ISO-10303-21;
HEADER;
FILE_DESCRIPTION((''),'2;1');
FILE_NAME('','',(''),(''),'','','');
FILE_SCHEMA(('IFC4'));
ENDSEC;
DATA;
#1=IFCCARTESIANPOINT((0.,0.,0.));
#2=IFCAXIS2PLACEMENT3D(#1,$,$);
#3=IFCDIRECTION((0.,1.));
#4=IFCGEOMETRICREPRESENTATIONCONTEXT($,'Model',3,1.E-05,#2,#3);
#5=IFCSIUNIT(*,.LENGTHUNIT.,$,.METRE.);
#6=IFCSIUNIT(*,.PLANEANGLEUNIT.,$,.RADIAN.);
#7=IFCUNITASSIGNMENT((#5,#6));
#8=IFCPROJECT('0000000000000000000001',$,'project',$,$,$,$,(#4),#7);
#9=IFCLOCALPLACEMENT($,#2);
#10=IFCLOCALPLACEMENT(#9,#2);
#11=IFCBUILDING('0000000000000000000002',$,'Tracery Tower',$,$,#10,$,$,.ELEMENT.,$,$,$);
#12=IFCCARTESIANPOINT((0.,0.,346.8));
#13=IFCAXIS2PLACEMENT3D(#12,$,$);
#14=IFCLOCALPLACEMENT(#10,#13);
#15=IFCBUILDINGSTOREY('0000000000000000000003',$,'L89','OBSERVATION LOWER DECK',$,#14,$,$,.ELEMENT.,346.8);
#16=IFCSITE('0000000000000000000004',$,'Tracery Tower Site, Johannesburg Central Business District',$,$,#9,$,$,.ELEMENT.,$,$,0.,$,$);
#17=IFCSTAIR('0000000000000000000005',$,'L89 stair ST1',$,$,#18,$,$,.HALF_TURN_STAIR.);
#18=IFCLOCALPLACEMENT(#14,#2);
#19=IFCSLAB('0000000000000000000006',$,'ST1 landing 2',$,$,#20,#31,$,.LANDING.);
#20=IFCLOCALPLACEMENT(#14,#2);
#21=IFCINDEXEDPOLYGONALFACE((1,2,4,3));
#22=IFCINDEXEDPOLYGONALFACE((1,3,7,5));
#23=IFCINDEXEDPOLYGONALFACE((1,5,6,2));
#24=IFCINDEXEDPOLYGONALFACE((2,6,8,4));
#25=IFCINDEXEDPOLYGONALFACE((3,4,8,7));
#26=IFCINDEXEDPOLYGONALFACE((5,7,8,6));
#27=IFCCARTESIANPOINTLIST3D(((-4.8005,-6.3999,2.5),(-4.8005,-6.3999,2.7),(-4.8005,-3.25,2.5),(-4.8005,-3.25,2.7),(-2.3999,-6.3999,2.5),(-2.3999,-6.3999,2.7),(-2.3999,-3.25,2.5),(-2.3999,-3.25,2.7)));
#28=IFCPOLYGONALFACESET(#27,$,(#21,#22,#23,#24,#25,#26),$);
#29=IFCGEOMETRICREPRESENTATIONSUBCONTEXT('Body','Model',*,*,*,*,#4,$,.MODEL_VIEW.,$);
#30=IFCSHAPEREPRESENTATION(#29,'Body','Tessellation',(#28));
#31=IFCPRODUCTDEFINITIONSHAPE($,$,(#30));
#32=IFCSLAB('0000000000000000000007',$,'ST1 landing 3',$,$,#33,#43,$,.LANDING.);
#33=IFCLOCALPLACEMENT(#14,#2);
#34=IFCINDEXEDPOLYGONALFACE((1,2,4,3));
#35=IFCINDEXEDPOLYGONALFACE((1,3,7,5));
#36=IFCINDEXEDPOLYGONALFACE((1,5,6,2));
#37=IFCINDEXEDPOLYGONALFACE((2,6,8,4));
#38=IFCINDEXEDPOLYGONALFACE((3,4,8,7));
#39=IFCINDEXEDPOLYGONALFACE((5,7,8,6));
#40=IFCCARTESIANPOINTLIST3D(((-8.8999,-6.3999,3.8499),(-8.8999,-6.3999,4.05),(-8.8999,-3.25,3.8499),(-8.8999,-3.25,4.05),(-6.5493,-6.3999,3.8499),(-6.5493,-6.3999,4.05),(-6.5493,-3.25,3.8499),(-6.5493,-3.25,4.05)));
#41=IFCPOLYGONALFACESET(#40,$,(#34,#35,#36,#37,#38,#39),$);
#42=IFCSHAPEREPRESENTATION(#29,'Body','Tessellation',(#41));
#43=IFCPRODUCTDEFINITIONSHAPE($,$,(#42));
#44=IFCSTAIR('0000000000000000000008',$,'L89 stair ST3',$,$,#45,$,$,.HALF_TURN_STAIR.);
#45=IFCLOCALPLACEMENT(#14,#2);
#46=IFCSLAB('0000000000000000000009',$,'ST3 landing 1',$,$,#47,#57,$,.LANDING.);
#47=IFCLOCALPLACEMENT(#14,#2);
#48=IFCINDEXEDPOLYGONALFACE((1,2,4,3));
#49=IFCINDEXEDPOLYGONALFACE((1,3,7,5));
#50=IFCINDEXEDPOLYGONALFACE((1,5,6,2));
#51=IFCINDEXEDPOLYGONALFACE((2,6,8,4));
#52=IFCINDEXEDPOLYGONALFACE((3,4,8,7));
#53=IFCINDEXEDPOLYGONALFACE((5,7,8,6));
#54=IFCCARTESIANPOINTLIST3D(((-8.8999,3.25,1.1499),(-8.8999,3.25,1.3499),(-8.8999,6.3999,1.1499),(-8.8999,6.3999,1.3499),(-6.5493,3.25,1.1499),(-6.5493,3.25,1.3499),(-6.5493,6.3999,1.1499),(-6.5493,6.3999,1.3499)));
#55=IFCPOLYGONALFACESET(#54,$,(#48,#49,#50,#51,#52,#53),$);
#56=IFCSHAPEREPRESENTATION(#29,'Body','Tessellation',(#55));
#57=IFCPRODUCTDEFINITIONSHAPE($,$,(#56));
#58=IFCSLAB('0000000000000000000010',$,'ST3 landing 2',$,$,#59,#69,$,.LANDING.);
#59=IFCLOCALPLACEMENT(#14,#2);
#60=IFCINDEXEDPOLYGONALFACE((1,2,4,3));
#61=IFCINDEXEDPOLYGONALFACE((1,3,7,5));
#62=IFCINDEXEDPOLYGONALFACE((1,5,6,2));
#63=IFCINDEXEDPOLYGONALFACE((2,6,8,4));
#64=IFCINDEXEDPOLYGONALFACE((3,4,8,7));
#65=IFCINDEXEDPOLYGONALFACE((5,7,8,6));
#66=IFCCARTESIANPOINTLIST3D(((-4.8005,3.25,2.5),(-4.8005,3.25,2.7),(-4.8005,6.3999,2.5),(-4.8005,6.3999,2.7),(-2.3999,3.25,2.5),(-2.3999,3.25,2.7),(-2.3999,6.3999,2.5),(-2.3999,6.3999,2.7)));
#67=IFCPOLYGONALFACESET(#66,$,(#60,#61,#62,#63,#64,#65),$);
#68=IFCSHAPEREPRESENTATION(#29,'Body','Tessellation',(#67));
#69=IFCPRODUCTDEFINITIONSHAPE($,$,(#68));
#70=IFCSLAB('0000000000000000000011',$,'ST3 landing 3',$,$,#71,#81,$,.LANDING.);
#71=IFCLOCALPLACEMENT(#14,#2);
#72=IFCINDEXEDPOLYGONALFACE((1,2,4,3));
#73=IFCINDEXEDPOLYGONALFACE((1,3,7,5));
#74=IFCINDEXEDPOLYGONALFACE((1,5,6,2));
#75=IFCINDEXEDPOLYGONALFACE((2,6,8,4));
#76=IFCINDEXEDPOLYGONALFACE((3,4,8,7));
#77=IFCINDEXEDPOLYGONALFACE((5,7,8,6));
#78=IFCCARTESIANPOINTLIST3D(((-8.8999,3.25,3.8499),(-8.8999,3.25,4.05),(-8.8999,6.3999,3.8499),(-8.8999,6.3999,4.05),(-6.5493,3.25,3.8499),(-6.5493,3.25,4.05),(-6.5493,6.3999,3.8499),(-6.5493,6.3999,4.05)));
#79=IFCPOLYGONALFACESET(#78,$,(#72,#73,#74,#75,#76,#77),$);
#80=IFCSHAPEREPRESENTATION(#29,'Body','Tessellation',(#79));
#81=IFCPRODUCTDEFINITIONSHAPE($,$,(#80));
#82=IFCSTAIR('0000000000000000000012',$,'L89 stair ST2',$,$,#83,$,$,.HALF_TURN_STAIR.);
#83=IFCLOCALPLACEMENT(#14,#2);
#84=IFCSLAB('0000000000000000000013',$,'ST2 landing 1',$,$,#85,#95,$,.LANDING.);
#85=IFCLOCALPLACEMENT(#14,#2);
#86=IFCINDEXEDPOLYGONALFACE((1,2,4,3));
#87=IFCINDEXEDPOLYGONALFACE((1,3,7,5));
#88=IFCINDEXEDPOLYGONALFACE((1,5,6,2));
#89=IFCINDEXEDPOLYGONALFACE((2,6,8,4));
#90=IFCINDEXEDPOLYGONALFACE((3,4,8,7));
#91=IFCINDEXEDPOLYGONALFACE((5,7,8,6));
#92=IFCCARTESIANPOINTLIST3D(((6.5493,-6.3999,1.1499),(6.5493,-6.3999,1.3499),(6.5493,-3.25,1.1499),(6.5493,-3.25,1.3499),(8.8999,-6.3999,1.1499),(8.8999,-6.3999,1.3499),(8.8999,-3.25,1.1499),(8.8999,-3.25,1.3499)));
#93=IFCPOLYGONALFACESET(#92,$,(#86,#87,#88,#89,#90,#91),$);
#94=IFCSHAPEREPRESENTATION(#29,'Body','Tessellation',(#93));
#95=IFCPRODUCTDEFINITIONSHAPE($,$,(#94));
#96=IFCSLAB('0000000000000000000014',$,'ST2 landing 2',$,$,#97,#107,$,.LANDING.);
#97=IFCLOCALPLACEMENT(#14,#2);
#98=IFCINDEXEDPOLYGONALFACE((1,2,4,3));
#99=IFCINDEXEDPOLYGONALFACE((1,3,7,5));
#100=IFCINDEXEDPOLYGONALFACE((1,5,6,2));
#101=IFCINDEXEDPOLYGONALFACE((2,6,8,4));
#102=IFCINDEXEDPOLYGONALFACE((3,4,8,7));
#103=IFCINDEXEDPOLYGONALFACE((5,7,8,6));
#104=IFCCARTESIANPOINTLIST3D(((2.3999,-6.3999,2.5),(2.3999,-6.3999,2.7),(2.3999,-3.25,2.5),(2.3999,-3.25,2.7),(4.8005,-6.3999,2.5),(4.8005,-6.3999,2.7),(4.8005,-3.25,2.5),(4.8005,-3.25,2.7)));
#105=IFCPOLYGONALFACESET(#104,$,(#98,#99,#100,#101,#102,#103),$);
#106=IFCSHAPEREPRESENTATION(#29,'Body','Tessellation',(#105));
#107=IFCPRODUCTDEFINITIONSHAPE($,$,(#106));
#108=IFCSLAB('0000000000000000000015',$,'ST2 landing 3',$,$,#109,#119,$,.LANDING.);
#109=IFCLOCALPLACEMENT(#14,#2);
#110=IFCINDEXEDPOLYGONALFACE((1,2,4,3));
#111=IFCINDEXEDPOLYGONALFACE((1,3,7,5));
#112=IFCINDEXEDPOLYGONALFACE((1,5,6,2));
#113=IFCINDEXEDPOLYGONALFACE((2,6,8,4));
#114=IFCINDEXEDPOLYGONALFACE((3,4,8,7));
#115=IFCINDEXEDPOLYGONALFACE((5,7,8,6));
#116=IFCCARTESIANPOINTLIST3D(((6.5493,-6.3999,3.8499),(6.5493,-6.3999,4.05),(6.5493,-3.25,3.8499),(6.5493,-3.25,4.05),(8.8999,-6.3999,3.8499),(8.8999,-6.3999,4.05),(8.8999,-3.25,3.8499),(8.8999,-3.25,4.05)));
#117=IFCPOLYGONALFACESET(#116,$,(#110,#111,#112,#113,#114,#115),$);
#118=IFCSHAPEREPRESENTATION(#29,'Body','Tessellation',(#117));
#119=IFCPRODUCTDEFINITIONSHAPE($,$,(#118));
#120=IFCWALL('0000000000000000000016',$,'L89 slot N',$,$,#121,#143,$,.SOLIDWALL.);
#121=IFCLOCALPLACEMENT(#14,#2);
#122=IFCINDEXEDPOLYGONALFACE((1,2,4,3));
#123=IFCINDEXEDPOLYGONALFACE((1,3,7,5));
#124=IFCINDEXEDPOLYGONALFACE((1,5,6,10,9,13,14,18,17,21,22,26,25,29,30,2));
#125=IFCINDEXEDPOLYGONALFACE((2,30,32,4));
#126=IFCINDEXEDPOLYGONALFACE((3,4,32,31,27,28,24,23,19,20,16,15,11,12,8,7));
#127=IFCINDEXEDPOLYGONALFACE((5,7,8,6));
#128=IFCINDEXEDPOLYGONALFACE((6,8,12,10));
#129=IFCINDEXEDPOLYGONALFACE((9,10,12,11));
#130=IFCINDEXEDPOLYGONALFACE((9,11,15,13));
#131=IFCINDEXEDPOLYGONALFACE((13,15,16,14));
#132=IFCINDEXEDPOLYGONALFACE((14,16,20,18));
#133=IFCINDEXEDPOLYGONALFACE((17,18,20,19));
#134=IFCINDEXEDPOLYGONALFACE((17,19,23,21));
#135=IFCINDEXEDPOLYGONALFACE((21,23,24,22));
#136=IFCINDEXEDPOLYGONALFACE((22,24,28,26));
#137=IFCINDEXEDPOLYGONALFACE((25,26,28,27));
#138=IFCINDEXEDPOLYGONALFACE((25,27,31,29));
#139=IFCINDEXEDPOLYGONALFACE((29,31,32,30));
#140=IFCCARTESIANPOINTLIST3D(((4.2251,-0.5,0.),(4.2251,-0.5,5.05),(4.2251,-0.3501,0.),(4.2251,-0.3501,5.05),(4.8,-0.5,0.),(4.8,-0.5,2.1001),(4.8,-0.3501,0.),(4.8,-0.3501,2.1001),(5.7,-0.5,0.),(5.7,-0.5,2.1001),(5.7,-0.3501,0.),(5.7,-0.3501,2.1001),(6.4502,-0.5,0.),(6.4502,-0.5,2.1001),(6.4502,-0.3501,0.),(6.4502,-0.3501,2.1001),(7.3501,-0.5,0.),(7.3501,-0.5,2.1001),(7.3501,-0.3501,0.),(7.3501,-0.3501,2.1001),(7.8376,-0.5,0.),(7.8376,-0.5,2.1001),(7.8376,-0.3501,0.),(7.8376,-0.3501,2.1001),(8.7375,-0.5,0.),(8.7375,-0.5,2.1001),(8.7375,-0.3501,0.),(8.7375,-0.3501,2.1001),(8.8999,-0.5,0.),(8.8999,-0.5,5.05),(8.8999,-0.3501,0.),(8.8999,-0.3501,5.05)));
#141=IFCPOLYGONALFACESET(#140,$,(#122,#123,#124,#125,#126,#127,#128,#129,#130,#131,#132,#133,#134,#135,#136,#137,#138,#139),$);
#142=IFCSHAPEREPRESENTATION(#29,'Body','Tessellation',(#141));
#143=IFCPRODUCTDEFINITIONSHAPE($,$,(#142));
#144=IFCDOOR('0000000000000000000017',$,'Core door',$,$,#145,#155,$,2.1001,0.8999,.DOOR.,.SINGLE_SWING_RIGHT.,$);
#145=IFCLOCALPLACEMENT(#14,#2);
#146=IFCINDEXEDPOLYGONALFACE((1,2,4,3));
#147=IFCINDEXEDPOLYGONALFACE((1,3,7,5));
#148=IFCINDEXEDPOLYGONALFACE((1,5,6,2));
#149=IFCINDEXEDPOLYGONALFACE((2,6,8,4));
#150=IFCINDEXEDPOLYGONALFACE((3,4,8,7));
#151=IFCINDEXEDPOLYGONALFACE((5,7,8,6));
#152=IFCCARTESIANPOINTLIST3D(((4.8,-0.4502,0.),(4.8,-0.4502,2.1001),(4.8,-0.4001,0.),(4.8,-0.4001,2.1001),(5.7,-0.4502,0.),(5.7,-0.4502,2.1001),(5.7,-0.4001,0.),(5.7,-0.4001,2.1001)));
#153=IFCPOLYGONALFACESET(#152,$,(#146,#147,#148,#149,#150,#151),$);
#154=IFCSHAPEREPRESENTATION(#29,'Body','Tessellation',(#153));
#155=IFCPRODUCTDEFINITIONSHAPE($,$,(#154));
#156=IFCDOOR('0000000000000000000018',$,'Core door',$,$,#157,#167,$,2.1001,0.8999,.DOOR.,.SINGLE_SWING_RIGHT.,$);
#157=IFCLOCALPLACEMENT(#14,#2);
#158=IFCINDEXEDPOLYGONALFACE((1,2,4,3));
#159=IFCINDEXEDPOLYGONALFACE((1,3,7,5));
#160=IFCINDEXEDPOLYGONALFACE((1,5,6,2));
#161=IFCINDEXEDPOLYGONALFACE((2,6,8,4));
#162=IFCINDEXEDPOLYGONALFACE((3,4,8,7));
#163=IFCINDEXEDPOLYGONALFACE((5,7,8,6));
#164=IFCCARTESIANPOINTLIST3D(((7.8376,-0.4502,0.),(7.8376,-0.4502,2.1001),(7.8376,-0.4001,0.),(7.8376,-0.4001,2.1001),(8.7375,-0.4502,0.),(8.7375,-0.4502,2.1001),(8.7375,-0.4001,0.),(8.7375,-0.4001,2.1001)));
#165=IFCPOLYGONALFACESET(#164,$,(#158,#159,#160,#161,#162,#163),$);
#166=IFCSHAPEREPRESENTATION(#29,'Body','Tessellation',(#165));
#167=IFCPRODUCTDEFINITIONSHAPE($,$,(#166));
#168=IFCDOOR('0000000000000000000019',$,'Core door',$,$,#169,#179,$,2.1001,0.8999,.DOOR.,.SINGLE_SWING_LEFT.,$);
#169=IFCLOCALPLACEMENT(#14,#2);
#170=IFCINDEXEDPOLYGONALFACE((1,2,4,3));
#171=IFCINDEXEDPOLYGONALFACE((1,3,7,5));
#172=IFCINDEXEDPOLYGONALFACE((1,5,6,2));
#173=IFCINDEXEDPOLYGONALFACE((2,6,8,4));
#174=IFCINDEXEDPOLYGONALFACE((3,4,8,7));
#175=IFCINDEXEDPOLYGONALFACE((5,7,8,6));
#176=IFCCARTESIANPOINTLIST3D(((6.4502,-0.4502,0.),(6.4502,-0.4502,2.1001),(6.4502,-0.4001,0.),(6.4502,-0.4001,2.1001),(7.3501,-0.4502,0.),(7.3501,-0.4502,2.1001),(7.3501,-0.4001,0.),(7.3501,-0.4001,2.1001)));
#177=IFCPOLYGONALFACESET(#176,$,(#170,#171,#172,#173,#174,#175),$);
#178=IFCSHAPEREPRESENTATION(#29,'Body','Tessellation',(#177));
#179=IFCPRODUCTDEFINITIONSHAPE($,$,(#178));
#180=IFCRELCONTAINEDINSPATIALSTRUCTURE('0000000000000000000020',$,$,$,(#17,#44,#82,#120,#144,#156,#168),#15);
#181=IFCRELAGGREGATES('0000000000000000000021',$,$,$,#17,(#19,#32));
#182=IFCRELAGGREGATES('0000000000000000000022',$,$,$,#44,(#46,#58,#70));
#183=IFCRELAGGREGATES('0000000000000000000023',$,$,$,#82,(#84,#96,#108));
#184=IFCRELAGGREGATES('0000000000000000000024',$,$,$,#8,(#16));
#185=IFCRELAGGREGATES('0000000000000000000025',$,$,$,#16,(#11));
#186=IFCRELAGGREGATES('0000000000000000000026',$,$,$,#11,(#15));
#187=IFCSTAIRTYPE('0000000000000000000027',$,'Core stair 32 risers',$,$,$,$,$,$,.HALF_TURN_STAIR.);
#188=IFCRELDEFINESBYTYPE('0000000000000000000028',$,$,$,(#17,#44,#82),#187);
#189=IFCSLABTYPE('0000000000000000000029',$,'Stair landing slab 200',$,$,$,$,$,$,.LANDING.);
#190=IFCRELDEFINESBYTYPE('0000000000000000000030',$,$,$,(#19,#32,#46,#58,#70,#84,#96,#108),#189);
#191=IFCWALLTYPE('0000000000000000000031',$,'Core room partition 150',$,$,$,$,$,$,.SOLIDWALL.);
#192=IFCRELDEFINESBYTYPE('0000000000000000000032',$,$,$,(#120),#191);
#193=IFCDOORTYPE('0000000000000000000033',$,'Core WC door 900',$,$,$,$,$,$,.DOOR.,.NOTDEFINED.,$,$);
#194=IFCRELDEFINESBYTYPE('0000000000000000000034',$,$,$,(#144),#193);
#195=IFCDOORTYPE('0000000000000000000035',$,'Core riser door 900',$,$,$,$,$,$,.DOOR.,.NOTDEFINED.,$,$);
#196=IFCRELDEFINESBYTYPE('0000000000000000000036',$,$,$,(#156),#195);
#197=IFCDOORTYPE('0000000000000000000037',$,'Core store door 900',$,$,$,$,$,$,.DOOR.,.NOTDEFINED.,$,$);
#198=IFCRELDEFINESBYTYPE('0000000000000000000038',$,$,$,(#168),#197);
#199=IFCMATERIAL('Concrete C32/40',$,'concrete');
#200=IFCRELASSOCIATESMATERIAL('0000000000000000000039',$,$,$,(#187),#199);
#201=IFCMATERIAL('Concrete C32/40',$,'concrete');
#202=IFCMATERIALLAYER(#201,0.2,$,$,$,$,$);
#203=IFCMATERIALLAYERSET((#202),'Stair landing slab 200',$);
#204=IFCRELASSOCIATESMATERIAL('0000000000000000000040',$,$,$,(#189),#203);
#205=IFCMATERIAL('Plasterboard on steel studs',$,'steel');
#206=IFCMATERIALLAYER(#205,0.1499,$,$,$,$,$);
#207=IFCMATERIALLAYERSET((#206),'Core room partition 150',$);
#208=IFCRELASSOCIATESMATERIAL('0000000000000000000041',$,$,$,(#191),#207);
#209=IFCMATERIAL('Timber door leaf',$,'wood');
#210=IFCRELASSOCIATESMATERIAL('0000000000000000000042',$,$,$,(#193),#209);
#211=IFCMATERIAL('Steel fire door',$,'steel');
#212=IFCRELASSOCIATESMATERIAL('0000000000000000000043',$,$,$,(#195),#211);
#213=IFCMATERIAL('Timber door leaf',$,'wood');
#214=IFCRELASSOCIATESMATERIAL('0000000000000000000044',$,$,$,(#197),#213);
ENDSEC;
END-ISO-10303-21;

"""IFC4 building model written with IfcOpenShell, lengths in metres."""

from ifc_helpers import new_model, si_unit, direction, frame, frame_2d, origin, place, context, subcontext, project, spatial, polyline, rectangle, outline, extrude, material, layer, layer_set, type_object, element, fill, aggregate, save


model = new_model("IFC4")

# Units and contexts
model_context = context("Model", 3, precision=1e-05, world=origin(), true_north=direction((0.0, 1.0)))
body_context = subcontext(model_context, "Body", "Model", "MODEL_VIEW")
ifc_project = project(units=[si_unit("LENGTHUNIT", "METRE"), si_unit("PLANEANGLEUNIT", "RADIAN")], contexts=[model_context])

# Site, building, storey
site_placement = place(None, origin())
site = spatial("IfcSite", under=ifc_project, at=site_placement, Name="Tracery Tower Site, Johannesburg Central Business District", CompositionType="ELEMENT", RefElevation=0.0)
building_placement = place(site_placement, origin())
building = spatial("IfcBuilding", under=site, at=building_placement, Name="Tracery Tower", CompositionType="ELEMENT")
storey_placement = place(building_placement, frame((0.0, 0.0, 346.8)))
storey = spatial("IfcBuildingStorey", under=building, at=storey_placement, Name="L89", Description="OBSERVATION LOWER DECK", CompositionType="ELEMENT", Elevation=346.8)

# Stairs, slabs
ifc_material_1 = material(Name="Concrete C32/40", Category="concrete")
stair_type = type_object("IfcStairType", Name="Core stair 32 risers", PredefinedType="HALF_TURN_STAIR", material=ifc_material_1)
stair_1_placement = place(storey_placement, origin())
stair_1 = element("IfcStair", 1, at=stair_1_placement, inside=storey, type_object=stair_type, Name="L89 stair ST1", PredefinedType="HALF_TURN_STAIR")
ifc_material_2 = material(Name="Concrete C32/40", Category="concrete")
ifc_layer_1 = layer(ifc_material_2, 0.2)
ifc_layer_set_1 = layer_set([ifc_layer_1], Name="Stair landing slab 200")
slab_type = type_object("IfcSlabType", Name="Stair landing slab 200", PredefinedType="LANDING", material=ifc_layer_set_1)
slab_1_placement = place(storey_placement, frame((0.0, 0.0, 2.5)))
slab_1 = element("IfcSlab", 2, at=slab_1_placement, type_object=slab_type, Name="ST1 landing 2", PredefinedType="LANDING", context=body_context, shape_type="SweptSolid", body=[
    extrude(outline(polyline([(-2.3999, -3.25), (-4.8005, -3.25), (-4.8005, -6.3999), (-2.3999, -6.3999), (-2.3999, -3.25)])), origin(), (0.0, 0.0, 1.0), 0.2),
])
slab_2_placement = place(storey_placement, frame((0.0, 0.0, 3.8499)))
slab_2 = element("IfcSlab", 3, at=slab_2_placement, type_object=slab_type, Name="ST1 landing 3", PredefinedType="LANDING", context=body_context, shape_type="SweptSolid", body=[
    extrude(outline(polyline([(-6.5493, -3.25), (-8.8999, -3.25), (-8.8999, -6.3999), (-6.5493, -6.3999), (-6.5493, -3.25)])), origin(), (0.0, 0.0, 1.0), 0.2002),
])
aggregate(stair_1, [slab_1, slab_2])
stair_2_placement = place(storey_placement, origin())
stair_2 = element("IfcStair", 4, at=stair_2_placement, inside=storey, type_object=stair_type, Name="L89 stair ST3", PredefinedType="HALF_TURN_STAIR")
slab_3_placement = place(storey_placement, frame((0.0, 0.0, 1.1499)))
slab_3 = element("IfcSlab", 5, at=slab_3_placement, type_object=slab_type, Name="ST3 landing 1", PredefinedType="LANDING", context=body_context, shape_type="SweptSolid", body=[
    extrude(outline(polyline([(-6.5493, 6.3999), (-8.8999, 6.3999), (-8.8999, 3.25), (-6.5493, 3.25), (-6.5493, 6.3999)])), origin(), (0.0, 0.0, 1.0), 0.2),
])
slab_4_placement = place(storey_placement, frame((0.0, 0.0, 2.5)))
slab_4 = element("IfcSlab", 6, at=slab_4_placement, type_object=slab_type, Name="ST3 landing 2", PredefinedType="LANDING", context=body_context, shape_type="SweptSolid", body=[
    extrude(outline(polyline([(-2.3999, 6.3999), (-4.8005, 6.3999), (-4.8005, 3.25), (-2.3999, 3.25), (-2.3999, 6.3999)])), origin(), (0.0, 0.0, 1.0), 0.2),
])
slab_5_placement = place(storey_placement, frame((0.0, 0.0, 3.8499)))
slab_5 = element("IfcSlab", 7, at=slab_5_placement, type_object=slab_type, Name="ST3 landing 3", PredefinedType="LANDING", context=body_context, shape_type="SweptSolid", body=[
    extrude(outline(polyline([(-6.5493, 6.3999), (-8.8999, 6.3999), (-8.8999, 3.25), (-6.5493, 3.25), (-6.5493, 6.3999)])), origin(), (0.0, 0.0, 1.0), 0.2002),
])
aggregate(stair_2, [slab_3, slab_4, slab_5])
stair_3_placement = place(storey_placement, origin())
stair_3 = element("IfcStair", 8, at=stair_3_placement, inside=storey, type_object=stair_type, Name="L89 stair ST2", PredefinedType="HALF_TURN_STAIR")
slab_6_placement = place(storey_placement, frame((0.0, 0.0, 1.1499)))
slab_6 = element("IfcSlab", 9, at=slab_6_placement, type_object=slab_type, Name="ST2 landing 1", PredefinedType="LANDING", context=body_context, shape_type="SweptSolid", body=[
    extrude(outline(polyline([(6.5493, -6.3999), (8.8999, -6.3999), (8.8999, -3.25), (6.5493, -3.25), (6.5493, -6.3999)])), origin(), (0.0, 0.0, 1.0), 0.2),
])
slab_7_placement = place(storey_placement, frame((0.0, 0.0, 2.5)))
slab_7 = element("IfcSlab", 10, at=slab_7_placement, type_object=slab_type, Name="ST2 landing 2", PredefinedType="LANDING", context=body_context, shape_type="SweptSolid", body=[
    extrude(outline(polyline([(2.3999, -6.3999), (4.8005, -6.3999), (4.8005, -3.25), (2.3999, -3.25), (2.3999, -6.3999)])), origin(), (0.0, 0.0, 1.0), 0.2),
])
slab_8_placement = place(storey_placement, frame((0.0, 0.0, 3.8499)))
slab_8 = element("IfcSlab", 11, at=slab_8_placement, type_object=slab_type, Name="ST2 landing 3", PredefinedType="LANDING", context=body_context, shape_type="SweptSolid", body=[
    extrude(outline(polyline([(6.5493, -6.3999), (8.8999, -6.3999), (8.8999, -3.25), (6.5493, -3.25), (6.5493, -6.3999)])), origin(), (0.0, 0.0, 1.0), 0.2002),
])
aggregate(stair_3, [slab_6, slab_7, slab_8])

# Wall, openings, doors
ifc_material_3 = material(Name="Plasterboard on steel studs", Category="steel")
ifc_layer_2 = layer(ifc_material_3, 0.1499)
ifc_layer_set_2 = layer_set([ifc_layer_2], Name="Core room partition 150")
wall_type_1 = type_object("IfcWallType", Name="Core room partition 150", PredefinedType="SOLIDWALL", material=ifc_layer_set_2)
wall_1_placement = place(storey_placement, frame((4.2251, -0.425, 0.0), z_axis=(0.0, 0.0, 1.0), x_axis=(1.0, 0.0, 0.0)))
wall_1 = element("IfcWall", 12, at=wall_1_placement, inside=storey, type_object=wall_type_1, Name="L89 slot N", PredefinedType="SOLIDWALL", context=body_context, shape_type="SweptSolid", body=[
    extrude(rectangle(XDim=4.6748, YDim=0.1499, at=frame_2d((2.3374, 0.0))), origin(), (0.0, 0.0, 1.0), 5.05),
])
opening_1_placement = place(wall_1_placement, frame((0.575, 0.0, 0.0)))
opening_1 = element("IfcOpeningElement", 13, at=opening_1_placement, cuts=wall_1, PredefinedType="OPENING", context=body_context, shape_type="SweptSolid", body=[
    extrude(rectangle(XDim=0.8999, YDim=2.1001, at=frame_2d((0.45, 1.05))), frame((0.0, 0.075, 0.0), z_axis=(0.0, -1.0, 0.0), x_axis=(1.0, 0.0, 0.0)), (0.0, 0.0, 1.0), 0.1499),
])
opening_2_placement = place(wall_1_placement, frame((2.2251, 0.0, 0.0)))
opening_2 = element("IfcOpeningElement", 14, at=opening_2_placement, cuts=wall_1, PredefinedType="OPENING", context=body_context, shape_type="SweptSolid", body=[
    extrude(rectangle(XDim=0.8999, YDim=2.1001, at=frame_2d((0.45, 1.05))), frame((0.0, 0.075, 0.0), z_axis=(0.0, -1.0, 0.0), x_axis=(1.0, 0.0, 0.0)), (0.0, 0.0, 1.0), 0.1499),
])
opening_3_placement = place(wall_1_placement, frame((3.6125, 0.0, 0.0)))
opening_3 = element("IfcOpeningElement", 15, at=opening_3_placement, cuts=wall_1, PredefinedType="OPENING", context=body_context, shape_type="SweptSolid", body=[
    extrude(rectangle(XDim=0.8999, YDim=2.1001, at=frame_2d((0.45, 1.05))), frame((0.0, 0.075, 0.0), z_axis=(0.0, -1.0, 0.0), x_axis=(1.0, 0.0, 0.0)), (0.0, 0.0, 1.0), 0.1499),
])
ifc_material_4 = material(Name="Timber door leaf", Category="wood")
door_type_1 = type_object("IfcDoorType", Name="Core WC door 900", OperationType="NOTDEFINED", PredefinedType="DOOR", material=ifc_material_4)
door_1_placement = place(opening_1_placement, origin())
door_1 = element("IfcDoor", 16, at=door_1_placement, inside=storey, type_object=door_type_1, Name="Core door", OperationType="SINGLE_SWING_RIGHT", OverallHeight=2.1001, OverallWidth=0.8999, PredefinedType="DOOR", context=body_context, shape_type="SweptSolid", body=[
    extrude(rectangle(XDim=0.8999, YDim=2.1001, at=frame_2d((0.45, 1.05))), frame((0.0, 0.0249, 0.0), z_axis=(0.0, -1.0, 0.0), x_axis=(1.0, 0.0, 0.0)), (0.0, 0.0, 1.0), 0.05),
])
fill(opening_1, door_1)
ifc_material_5 = material(Name="Steel fire door", Category="steel")
door_type_2 = type_object("IfcDoorType", Name="Core riser door 900", OperationType="NOTDEFINED", PredefinedType="DOOR", material=ifc_material_5)
door_2_placement = place(opening_3_placement, origin())
door_2 = element("IfcDoor", 17, at=door_2_placement, inside=storey, type_object=door_type_2, Name="Core door", OperationType="SINGLE_SWING_RIGHT", OverallHeight=2.1001, OverallWidth=0.8999, PredefinedType="DOOR", context=body_context, shape_type="SweptSolid", body=[
    extrude(rectangle(XDim=0.8999, YDim=2.1001, at=frame_2d((0.45, 1.05))), frame((0.0, 0.0249, 0.0), z_axis=(0.0, -1.0, 0.0), x_axis=(1.0, 0.0, 0.0)), (0.0, 0.0, 1.0), 0.05),
])
fill(opening_3, door_2)
ifc_material_6 = material(Name="Timber door leaf", Category="wood")
door_type_3 = type_object("IfcDoorType", Name="Core store door 900", OperationType="NOTDEFINED", PredefinedType="DOOR", material=ifc_material_6)
door_3_placement = place(opening_2_placement, origin())
door_3 = element("IfcDoor", 18, at=door_3_placement, inside=storey, type_object=door_type_3, Name="Core door", OperationType="SINGLE_SWING_LEFT", OverallHeight=2.1001, OverallWidth=0.8999, PredefinedType="DOOR", context=body_context, shape_type="SweptSolid", body=[
    extrude(rectangle(XDim=0.8999, YDim=2.1001, at=frame_2d((0.45, 1.05))), frame((0.0, 0.0249, 0.0), z_axis=(0.0, -1.0, 0.0), x_axis=(1.0, 0.0, 0.0)), (0.0, 0.0, 1.0), 0.05),
])
fill(opening_2, door_3)

save(model, "model.ifc")
